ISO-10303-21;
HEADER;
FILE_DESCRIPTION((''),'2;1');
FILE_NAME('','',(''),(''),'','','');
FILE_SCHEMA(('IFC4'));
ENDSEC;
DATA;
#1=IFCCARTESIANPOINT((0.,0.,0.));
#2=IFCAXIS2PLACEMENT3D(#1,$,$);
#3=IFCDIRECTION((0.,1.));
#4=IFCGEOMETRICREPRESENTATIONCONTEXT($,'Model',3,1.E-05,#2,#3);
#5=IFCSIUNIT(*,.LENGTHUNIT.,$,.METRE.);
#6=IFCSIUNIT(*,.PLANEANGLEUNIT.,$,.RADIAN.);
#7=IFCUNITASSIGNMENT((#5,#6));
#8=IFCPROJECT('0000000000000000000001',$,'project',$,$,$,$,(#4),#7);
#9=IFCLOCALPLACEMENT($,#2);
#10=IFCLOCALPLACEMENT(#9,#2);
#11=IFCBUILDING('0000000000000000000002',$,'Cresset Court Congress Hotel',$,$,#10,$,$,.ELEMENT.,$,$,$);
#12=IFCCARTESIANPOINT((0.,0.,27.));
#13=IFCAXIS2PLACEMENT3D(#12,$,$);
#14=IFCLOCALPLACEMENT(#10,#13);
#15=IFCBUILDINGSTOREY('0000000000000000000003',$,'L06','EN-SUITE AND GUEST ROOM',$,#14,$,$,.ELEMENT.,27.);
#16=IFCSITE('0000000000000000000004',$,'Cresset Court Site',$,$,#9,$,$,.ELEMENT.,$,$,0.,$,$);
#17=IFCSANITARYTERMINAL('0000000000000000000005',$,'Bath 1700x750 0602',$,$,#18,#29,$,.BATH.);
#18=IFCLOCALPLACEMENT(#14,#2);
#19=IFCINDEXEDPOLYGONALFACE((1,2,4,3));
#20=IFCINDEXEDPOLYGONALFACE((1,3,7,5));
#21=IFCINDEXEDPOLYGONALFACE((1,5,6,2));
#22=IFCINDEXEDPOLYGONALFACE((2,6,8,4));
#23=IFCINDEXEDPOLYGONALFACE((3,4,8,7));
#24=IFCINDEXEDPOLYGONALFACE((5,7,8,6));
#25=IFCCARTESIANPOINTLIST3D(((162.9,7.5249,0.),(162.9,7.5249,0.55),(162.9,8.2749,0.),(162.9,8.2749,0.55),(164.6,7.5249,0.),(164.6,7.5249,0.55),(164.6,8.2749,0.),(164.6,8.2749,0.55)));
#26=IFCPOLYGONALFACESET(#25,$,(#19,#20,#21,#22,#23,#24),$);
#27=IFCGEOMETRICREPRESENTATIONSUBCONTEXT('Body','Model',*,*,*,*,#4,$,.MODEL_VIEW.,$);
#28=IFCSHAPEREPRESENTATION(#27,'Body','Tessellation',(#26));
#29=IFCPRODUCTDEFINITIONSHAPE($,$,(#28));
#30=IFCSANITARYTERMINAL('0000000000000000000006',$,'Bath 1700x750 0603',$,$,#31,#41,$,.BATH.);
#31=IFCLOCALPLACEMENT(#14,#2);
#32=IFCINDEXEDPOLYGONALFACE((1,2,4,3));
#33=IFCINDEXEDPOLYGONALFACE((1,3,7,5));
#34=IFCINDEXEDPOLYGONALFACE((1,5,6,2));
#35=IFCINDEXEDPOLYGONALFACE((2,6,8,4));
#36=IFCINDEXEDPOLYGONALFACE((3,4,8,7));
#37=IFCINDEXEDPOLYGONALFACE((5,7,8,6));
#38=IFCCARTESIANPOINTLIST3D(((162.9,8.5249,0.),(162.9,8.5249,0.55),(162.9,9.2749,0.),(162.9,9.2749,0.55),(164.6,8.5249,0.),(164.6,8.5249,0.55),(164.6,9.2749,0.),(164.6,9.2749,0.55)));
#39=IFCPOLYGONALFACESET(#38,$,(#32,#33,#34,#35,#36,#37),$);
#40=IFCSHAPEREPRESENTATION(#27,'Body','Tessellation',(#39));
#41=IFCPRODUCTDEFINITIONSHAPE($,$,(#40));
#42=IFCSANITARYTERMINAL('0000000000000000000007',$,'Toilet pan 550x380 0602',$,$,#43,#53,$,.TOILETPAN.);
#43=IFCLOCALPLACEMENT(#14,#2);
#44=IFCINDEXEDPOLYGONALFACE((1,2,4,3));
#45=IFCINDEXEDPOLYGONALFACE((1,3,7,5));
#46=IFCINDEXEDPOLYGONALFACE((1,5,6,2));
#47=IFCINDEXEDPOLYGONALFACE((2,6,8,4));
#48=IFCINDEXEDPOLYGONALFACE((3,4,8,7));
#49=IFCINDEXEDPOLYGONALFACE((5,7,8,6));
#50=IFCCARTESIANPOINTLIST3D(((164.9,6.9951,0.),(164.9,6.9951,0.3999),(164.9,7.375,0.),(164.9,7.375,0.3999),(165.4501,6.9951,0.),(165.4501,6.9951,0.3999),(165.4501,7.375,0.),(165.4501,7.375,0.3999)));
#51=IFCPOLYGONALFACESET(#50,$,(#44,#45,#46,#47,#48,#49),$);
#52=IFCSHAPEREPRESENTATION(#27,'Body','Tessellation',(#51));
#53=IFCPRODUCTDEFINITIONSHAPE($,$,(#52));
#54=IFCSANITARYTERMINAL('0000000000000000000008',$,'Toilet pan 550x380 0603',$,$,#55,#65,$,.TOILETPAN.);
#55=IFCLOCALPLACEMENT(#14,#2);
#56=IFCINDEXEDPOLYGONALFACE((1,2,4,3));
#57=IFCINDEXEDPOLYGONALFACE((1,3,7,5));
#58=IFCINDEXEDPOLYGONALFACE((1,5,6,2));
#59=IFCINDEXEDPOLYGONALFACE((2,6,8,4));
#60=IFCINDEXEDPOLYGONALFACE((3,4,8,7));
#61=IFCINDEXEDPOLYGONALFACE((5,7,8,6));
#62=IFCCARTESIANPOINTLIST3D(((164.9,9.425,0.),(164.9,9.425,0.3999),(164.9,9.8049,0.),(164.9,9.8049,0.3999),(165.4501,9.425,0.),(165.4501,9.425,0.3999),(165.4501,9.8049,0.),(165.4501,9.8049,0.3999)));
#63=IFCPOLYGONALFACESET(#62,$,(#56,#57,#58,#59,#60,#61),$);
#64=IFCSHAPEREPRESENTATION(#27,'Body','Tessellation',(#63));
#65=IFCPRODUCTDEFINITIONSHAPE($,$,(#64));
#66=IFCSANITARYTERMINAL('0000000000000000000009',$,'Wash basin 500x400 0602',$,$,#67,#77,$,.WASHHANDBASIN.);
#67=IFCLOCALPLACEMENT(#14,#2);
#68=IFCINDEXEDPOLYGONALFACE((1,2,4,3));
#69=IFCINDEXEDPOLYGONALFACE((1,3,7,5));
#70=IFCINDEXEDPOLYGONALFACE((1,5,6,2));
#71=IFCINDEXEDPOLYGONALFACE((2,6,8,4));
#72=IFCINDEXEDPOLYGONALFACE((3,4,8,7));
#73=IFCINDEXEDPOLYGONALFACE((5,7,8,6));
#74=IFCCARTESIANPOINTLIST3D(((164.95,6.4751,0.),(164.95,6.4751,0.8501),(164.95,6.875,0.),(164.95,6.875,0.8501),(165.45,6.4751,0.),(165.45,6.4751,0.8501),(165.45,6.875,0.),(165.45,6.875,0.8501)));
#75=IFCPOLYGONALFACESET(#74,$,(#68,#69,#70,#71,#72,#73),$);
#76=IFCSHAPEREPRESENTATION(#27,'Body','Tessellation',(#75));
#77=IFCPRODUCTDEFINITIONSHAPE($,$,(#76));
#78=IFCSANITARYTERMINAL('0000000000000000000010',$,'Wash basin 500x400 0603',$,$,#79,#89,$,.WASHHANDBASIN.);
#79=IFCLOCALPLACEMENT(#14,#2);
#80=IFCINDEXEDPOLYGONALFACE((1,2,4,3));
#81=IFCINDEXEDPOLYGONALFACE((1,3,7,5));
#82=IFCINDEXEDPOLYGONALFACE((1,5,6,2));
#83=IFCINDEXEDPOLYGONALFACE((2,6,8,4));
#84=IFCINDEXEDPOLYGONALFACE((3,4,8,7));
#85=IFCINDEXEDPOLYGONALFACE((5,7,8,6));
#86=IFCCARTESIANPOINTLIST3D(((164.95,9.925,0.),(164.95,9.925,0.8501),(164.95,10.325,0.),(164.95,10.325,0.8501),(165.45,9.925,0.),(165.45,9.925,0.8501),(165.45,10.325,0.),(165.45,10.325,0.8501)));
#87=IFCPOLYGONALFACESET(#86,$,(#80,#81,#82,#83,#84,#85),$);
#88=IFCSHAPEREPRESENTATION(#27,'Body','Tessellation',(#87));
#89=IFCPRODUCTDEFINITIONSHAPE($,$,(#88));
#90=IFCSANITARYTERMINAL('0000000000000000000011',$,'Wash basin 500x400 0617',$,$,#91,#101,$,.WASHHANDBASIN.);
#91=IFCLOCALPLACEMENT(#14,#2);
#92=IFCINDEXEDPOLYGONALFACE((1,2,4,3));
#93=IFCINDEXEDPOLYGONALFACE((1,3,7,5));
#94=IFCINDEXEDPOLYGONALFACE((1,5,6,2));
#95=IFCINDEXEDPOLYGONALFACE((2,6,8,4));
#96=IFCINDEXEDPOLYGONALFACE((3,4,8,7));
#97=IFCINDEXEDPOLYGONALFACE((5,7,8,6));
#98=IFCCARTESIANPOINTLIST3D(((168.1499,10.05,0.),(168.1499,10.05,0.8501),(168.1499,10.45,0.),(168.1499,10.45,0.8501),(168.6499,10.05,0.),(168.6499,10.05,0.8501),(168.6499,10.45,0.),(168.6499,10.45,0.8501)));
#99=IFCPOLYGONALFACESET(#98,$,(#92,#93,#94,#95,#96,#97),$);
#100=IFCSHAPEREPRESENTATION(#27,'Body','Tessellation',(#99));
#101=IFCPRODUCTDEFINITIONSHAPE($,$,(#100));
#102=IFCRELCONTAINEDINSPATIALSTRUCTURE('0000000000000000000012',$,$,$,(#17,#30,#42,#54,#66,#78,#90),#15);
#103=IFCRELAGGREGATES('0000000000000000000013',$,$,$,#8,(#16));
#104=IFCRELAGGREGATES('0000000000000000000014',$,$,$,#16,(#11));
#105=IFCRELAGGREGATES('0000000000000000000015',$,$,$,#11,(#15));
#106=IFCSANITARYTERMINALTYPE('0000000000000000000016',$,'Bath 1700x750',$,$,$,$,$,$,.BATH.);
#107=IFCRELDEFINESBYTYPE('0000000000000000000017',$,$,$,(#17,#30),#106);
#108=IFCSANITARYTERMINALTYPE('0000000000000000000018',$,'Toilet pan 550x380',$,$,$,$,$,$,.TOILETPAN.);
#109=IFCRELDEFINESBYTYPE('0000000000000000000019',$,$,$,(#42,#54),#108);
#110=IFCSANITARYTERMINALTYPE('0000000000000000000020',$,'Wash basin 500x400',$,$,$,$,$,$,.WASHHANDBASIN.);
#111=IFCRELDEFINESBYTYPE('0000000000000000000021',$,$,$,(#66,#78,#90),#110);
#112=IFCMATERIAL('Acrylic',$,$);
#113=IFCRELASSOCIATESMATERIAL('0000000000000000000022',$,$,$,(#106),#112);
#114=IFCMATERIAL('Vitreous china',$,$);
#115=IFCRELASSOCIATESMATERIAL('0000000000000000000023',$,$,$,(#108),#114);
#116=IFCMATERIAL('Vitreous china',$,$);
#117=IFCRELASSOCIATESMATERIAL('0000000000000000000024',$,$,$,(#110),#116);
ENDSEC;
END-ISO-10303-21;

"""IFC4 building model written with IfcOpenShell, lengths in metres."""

from ifc_helpers import new_model, si_unit, direction, frame, origin, origin_2d, place, context, subcontext, project, spatial, rectangle, extrude, material, type_object, element, save


model = new_model("IFC4")

# Units and contexts
model_context = context("Model", 3, precision=1e-05, world=origin(), true_north=direction((0.0, 1.0)))
body_context = subcontext(model_context, "Body", "Model", "MODEL_VIEW")
ifc_project = project(units=[si_unit("LENGTHUNIT", "METRE"), si_unit("PLANEANGLEUNIT", "RADIAN")], contexts=[model_context])

# Site, building, storey
site_placement = place(None, origin())
site = spatial("IfcSite", under=ifc_project, at=site_placement, Name="Cresset Court Site", CompositionType="ELEMENT", RefElevation=0.0)
building_placement = place(site_placement, origin())
building = spatial("IfcBuilding", under=site, at=building_placement, Name="Cresset Court Congress Hotel", CompositionType="ELEMENT")
storey_placement = place(building_placement, frame((0.0, 0.0, 27.0)))
storey = spatial("IfcBuildingStorey", under=building, at=storey_placement, Name="L06", Description="EN-SUITE AND GUEST ROOM", CompositionType="ELEMENT", Elevation=27.0)

# Sanitary terminals
ifc_material_1 = material(Name="Acrylic")
sanitary_terminal_type_1 = type_object("IfcSanitaryTerminalType", Name="Bath 1700x750", PredefinedType="BATH", material=ifc_material_1)
for number, where, z_axis, x_axis, name in (
    (1, (163.75, 7.8999, 0.0), (0.0, 0.0, 1.0), (1.0, 0.0, 0.0), "Bath 1700x750 0602"),
    (2, (163.75, 8.8999, 0.0), (0.0, 0.0, 1.0), (1.0, 0.0, 0.0), "Bath 1700x750 0603"),
):
    element("IfcSanitaryTerminal", number, at=place(storey_placement, frame(where, z_axis=z_axis, x_axis=x_axis)), inside=storey, type_object=sanitary_terminal_type_1, Name=name, PredefinedType="BATH", context=body_context, shape_type="SweptSolid", body=[
        extrude(rectangle(XDim=1.7, YDim=0.75, at=origin_2d()), origin(), (0.0, 0.0, 1.0), 0.55),
    ])
ifc_material_2 = material(Name="Vitreous china")
sanitary_terminal_type_2 = type_object("IfcSanitaryTerminalType", Name="Toilet pan 550x380", PredefinedType="TOILETPAN", material=ifc_material_2)
for number, where, z_axis, x_axis, name in (
    (3, (165.175, 7.1851, 0.0), (0.0, 0.0, 1.0), (1.0, 0.0, 0.0), "Toilet pan 550x380 0602"),
    (4, (165.175, 9.615, 0.0), (0.0, 0.0, 1.0), (1.0, 0.0, 0.0), "Toilet pan 550x380 0603"),
):
    element("IfcSanitaryTerminal", number, at=place(storey_placement, frame(where, z_axis=z_axis, x_axis=x_axis)), inside=storey, type_object=sanitary_terminal_type_2, Name=name, PredefinedType="TOILETPAN", context=body_context, shape_type="SweptSolid", body=[
        extrude(rectangle(XDim=0.55, YDim=0.3799, at=origin_2d()), origin(), (0.0, 0.0, 1.0), 0.3999),
    ])
ifc_material_3 = material(Name="Vitreous china")
sanitary_terminal_type_3 = type_object("IfcSanitaryTerminalType", Name="Wash basin 500x400", PredefinedType="WASHHANDBASIN", material=ifc_material_3)
for number, where, z_axis, x_axis, name in (
    (5, (165.2, 6.675, 0.0), (0.0, 0.0, 1.0), (1.0, 0.0, 0.0), "Wash basin 500x400 0602"),
    (6, (165.2, 10.125, 0.0), (0.0, 0.0, 1.0), (1.0, 0.0, 0.0), "Wash basin 500x400 0603"),
    (7, (168.3999, 10.25, 0.0), (0.0, 0.0, 1.0), (1.0, 0.0, 0.0), "Wash basin 500x400 0617"),
):
    element("IfcSanitaryTerminal", number, at=place(storey_placement, frame(where, z_axis=z_axis, x_axis=x_axis)), inside=storey, type_object=sanitary_terminal_type_3, Name=name, PredefinedType="WASHHANDBASIN", context=body_context, shape_type="SweptSolid", body=[
        extrude(rectangle(XDim=0.5, YDim=0.3999, at=origin_2d()), origin(), (0.0, 0.0, 1.0), 0.8501),
    ])

save(model, "model.ifc")
